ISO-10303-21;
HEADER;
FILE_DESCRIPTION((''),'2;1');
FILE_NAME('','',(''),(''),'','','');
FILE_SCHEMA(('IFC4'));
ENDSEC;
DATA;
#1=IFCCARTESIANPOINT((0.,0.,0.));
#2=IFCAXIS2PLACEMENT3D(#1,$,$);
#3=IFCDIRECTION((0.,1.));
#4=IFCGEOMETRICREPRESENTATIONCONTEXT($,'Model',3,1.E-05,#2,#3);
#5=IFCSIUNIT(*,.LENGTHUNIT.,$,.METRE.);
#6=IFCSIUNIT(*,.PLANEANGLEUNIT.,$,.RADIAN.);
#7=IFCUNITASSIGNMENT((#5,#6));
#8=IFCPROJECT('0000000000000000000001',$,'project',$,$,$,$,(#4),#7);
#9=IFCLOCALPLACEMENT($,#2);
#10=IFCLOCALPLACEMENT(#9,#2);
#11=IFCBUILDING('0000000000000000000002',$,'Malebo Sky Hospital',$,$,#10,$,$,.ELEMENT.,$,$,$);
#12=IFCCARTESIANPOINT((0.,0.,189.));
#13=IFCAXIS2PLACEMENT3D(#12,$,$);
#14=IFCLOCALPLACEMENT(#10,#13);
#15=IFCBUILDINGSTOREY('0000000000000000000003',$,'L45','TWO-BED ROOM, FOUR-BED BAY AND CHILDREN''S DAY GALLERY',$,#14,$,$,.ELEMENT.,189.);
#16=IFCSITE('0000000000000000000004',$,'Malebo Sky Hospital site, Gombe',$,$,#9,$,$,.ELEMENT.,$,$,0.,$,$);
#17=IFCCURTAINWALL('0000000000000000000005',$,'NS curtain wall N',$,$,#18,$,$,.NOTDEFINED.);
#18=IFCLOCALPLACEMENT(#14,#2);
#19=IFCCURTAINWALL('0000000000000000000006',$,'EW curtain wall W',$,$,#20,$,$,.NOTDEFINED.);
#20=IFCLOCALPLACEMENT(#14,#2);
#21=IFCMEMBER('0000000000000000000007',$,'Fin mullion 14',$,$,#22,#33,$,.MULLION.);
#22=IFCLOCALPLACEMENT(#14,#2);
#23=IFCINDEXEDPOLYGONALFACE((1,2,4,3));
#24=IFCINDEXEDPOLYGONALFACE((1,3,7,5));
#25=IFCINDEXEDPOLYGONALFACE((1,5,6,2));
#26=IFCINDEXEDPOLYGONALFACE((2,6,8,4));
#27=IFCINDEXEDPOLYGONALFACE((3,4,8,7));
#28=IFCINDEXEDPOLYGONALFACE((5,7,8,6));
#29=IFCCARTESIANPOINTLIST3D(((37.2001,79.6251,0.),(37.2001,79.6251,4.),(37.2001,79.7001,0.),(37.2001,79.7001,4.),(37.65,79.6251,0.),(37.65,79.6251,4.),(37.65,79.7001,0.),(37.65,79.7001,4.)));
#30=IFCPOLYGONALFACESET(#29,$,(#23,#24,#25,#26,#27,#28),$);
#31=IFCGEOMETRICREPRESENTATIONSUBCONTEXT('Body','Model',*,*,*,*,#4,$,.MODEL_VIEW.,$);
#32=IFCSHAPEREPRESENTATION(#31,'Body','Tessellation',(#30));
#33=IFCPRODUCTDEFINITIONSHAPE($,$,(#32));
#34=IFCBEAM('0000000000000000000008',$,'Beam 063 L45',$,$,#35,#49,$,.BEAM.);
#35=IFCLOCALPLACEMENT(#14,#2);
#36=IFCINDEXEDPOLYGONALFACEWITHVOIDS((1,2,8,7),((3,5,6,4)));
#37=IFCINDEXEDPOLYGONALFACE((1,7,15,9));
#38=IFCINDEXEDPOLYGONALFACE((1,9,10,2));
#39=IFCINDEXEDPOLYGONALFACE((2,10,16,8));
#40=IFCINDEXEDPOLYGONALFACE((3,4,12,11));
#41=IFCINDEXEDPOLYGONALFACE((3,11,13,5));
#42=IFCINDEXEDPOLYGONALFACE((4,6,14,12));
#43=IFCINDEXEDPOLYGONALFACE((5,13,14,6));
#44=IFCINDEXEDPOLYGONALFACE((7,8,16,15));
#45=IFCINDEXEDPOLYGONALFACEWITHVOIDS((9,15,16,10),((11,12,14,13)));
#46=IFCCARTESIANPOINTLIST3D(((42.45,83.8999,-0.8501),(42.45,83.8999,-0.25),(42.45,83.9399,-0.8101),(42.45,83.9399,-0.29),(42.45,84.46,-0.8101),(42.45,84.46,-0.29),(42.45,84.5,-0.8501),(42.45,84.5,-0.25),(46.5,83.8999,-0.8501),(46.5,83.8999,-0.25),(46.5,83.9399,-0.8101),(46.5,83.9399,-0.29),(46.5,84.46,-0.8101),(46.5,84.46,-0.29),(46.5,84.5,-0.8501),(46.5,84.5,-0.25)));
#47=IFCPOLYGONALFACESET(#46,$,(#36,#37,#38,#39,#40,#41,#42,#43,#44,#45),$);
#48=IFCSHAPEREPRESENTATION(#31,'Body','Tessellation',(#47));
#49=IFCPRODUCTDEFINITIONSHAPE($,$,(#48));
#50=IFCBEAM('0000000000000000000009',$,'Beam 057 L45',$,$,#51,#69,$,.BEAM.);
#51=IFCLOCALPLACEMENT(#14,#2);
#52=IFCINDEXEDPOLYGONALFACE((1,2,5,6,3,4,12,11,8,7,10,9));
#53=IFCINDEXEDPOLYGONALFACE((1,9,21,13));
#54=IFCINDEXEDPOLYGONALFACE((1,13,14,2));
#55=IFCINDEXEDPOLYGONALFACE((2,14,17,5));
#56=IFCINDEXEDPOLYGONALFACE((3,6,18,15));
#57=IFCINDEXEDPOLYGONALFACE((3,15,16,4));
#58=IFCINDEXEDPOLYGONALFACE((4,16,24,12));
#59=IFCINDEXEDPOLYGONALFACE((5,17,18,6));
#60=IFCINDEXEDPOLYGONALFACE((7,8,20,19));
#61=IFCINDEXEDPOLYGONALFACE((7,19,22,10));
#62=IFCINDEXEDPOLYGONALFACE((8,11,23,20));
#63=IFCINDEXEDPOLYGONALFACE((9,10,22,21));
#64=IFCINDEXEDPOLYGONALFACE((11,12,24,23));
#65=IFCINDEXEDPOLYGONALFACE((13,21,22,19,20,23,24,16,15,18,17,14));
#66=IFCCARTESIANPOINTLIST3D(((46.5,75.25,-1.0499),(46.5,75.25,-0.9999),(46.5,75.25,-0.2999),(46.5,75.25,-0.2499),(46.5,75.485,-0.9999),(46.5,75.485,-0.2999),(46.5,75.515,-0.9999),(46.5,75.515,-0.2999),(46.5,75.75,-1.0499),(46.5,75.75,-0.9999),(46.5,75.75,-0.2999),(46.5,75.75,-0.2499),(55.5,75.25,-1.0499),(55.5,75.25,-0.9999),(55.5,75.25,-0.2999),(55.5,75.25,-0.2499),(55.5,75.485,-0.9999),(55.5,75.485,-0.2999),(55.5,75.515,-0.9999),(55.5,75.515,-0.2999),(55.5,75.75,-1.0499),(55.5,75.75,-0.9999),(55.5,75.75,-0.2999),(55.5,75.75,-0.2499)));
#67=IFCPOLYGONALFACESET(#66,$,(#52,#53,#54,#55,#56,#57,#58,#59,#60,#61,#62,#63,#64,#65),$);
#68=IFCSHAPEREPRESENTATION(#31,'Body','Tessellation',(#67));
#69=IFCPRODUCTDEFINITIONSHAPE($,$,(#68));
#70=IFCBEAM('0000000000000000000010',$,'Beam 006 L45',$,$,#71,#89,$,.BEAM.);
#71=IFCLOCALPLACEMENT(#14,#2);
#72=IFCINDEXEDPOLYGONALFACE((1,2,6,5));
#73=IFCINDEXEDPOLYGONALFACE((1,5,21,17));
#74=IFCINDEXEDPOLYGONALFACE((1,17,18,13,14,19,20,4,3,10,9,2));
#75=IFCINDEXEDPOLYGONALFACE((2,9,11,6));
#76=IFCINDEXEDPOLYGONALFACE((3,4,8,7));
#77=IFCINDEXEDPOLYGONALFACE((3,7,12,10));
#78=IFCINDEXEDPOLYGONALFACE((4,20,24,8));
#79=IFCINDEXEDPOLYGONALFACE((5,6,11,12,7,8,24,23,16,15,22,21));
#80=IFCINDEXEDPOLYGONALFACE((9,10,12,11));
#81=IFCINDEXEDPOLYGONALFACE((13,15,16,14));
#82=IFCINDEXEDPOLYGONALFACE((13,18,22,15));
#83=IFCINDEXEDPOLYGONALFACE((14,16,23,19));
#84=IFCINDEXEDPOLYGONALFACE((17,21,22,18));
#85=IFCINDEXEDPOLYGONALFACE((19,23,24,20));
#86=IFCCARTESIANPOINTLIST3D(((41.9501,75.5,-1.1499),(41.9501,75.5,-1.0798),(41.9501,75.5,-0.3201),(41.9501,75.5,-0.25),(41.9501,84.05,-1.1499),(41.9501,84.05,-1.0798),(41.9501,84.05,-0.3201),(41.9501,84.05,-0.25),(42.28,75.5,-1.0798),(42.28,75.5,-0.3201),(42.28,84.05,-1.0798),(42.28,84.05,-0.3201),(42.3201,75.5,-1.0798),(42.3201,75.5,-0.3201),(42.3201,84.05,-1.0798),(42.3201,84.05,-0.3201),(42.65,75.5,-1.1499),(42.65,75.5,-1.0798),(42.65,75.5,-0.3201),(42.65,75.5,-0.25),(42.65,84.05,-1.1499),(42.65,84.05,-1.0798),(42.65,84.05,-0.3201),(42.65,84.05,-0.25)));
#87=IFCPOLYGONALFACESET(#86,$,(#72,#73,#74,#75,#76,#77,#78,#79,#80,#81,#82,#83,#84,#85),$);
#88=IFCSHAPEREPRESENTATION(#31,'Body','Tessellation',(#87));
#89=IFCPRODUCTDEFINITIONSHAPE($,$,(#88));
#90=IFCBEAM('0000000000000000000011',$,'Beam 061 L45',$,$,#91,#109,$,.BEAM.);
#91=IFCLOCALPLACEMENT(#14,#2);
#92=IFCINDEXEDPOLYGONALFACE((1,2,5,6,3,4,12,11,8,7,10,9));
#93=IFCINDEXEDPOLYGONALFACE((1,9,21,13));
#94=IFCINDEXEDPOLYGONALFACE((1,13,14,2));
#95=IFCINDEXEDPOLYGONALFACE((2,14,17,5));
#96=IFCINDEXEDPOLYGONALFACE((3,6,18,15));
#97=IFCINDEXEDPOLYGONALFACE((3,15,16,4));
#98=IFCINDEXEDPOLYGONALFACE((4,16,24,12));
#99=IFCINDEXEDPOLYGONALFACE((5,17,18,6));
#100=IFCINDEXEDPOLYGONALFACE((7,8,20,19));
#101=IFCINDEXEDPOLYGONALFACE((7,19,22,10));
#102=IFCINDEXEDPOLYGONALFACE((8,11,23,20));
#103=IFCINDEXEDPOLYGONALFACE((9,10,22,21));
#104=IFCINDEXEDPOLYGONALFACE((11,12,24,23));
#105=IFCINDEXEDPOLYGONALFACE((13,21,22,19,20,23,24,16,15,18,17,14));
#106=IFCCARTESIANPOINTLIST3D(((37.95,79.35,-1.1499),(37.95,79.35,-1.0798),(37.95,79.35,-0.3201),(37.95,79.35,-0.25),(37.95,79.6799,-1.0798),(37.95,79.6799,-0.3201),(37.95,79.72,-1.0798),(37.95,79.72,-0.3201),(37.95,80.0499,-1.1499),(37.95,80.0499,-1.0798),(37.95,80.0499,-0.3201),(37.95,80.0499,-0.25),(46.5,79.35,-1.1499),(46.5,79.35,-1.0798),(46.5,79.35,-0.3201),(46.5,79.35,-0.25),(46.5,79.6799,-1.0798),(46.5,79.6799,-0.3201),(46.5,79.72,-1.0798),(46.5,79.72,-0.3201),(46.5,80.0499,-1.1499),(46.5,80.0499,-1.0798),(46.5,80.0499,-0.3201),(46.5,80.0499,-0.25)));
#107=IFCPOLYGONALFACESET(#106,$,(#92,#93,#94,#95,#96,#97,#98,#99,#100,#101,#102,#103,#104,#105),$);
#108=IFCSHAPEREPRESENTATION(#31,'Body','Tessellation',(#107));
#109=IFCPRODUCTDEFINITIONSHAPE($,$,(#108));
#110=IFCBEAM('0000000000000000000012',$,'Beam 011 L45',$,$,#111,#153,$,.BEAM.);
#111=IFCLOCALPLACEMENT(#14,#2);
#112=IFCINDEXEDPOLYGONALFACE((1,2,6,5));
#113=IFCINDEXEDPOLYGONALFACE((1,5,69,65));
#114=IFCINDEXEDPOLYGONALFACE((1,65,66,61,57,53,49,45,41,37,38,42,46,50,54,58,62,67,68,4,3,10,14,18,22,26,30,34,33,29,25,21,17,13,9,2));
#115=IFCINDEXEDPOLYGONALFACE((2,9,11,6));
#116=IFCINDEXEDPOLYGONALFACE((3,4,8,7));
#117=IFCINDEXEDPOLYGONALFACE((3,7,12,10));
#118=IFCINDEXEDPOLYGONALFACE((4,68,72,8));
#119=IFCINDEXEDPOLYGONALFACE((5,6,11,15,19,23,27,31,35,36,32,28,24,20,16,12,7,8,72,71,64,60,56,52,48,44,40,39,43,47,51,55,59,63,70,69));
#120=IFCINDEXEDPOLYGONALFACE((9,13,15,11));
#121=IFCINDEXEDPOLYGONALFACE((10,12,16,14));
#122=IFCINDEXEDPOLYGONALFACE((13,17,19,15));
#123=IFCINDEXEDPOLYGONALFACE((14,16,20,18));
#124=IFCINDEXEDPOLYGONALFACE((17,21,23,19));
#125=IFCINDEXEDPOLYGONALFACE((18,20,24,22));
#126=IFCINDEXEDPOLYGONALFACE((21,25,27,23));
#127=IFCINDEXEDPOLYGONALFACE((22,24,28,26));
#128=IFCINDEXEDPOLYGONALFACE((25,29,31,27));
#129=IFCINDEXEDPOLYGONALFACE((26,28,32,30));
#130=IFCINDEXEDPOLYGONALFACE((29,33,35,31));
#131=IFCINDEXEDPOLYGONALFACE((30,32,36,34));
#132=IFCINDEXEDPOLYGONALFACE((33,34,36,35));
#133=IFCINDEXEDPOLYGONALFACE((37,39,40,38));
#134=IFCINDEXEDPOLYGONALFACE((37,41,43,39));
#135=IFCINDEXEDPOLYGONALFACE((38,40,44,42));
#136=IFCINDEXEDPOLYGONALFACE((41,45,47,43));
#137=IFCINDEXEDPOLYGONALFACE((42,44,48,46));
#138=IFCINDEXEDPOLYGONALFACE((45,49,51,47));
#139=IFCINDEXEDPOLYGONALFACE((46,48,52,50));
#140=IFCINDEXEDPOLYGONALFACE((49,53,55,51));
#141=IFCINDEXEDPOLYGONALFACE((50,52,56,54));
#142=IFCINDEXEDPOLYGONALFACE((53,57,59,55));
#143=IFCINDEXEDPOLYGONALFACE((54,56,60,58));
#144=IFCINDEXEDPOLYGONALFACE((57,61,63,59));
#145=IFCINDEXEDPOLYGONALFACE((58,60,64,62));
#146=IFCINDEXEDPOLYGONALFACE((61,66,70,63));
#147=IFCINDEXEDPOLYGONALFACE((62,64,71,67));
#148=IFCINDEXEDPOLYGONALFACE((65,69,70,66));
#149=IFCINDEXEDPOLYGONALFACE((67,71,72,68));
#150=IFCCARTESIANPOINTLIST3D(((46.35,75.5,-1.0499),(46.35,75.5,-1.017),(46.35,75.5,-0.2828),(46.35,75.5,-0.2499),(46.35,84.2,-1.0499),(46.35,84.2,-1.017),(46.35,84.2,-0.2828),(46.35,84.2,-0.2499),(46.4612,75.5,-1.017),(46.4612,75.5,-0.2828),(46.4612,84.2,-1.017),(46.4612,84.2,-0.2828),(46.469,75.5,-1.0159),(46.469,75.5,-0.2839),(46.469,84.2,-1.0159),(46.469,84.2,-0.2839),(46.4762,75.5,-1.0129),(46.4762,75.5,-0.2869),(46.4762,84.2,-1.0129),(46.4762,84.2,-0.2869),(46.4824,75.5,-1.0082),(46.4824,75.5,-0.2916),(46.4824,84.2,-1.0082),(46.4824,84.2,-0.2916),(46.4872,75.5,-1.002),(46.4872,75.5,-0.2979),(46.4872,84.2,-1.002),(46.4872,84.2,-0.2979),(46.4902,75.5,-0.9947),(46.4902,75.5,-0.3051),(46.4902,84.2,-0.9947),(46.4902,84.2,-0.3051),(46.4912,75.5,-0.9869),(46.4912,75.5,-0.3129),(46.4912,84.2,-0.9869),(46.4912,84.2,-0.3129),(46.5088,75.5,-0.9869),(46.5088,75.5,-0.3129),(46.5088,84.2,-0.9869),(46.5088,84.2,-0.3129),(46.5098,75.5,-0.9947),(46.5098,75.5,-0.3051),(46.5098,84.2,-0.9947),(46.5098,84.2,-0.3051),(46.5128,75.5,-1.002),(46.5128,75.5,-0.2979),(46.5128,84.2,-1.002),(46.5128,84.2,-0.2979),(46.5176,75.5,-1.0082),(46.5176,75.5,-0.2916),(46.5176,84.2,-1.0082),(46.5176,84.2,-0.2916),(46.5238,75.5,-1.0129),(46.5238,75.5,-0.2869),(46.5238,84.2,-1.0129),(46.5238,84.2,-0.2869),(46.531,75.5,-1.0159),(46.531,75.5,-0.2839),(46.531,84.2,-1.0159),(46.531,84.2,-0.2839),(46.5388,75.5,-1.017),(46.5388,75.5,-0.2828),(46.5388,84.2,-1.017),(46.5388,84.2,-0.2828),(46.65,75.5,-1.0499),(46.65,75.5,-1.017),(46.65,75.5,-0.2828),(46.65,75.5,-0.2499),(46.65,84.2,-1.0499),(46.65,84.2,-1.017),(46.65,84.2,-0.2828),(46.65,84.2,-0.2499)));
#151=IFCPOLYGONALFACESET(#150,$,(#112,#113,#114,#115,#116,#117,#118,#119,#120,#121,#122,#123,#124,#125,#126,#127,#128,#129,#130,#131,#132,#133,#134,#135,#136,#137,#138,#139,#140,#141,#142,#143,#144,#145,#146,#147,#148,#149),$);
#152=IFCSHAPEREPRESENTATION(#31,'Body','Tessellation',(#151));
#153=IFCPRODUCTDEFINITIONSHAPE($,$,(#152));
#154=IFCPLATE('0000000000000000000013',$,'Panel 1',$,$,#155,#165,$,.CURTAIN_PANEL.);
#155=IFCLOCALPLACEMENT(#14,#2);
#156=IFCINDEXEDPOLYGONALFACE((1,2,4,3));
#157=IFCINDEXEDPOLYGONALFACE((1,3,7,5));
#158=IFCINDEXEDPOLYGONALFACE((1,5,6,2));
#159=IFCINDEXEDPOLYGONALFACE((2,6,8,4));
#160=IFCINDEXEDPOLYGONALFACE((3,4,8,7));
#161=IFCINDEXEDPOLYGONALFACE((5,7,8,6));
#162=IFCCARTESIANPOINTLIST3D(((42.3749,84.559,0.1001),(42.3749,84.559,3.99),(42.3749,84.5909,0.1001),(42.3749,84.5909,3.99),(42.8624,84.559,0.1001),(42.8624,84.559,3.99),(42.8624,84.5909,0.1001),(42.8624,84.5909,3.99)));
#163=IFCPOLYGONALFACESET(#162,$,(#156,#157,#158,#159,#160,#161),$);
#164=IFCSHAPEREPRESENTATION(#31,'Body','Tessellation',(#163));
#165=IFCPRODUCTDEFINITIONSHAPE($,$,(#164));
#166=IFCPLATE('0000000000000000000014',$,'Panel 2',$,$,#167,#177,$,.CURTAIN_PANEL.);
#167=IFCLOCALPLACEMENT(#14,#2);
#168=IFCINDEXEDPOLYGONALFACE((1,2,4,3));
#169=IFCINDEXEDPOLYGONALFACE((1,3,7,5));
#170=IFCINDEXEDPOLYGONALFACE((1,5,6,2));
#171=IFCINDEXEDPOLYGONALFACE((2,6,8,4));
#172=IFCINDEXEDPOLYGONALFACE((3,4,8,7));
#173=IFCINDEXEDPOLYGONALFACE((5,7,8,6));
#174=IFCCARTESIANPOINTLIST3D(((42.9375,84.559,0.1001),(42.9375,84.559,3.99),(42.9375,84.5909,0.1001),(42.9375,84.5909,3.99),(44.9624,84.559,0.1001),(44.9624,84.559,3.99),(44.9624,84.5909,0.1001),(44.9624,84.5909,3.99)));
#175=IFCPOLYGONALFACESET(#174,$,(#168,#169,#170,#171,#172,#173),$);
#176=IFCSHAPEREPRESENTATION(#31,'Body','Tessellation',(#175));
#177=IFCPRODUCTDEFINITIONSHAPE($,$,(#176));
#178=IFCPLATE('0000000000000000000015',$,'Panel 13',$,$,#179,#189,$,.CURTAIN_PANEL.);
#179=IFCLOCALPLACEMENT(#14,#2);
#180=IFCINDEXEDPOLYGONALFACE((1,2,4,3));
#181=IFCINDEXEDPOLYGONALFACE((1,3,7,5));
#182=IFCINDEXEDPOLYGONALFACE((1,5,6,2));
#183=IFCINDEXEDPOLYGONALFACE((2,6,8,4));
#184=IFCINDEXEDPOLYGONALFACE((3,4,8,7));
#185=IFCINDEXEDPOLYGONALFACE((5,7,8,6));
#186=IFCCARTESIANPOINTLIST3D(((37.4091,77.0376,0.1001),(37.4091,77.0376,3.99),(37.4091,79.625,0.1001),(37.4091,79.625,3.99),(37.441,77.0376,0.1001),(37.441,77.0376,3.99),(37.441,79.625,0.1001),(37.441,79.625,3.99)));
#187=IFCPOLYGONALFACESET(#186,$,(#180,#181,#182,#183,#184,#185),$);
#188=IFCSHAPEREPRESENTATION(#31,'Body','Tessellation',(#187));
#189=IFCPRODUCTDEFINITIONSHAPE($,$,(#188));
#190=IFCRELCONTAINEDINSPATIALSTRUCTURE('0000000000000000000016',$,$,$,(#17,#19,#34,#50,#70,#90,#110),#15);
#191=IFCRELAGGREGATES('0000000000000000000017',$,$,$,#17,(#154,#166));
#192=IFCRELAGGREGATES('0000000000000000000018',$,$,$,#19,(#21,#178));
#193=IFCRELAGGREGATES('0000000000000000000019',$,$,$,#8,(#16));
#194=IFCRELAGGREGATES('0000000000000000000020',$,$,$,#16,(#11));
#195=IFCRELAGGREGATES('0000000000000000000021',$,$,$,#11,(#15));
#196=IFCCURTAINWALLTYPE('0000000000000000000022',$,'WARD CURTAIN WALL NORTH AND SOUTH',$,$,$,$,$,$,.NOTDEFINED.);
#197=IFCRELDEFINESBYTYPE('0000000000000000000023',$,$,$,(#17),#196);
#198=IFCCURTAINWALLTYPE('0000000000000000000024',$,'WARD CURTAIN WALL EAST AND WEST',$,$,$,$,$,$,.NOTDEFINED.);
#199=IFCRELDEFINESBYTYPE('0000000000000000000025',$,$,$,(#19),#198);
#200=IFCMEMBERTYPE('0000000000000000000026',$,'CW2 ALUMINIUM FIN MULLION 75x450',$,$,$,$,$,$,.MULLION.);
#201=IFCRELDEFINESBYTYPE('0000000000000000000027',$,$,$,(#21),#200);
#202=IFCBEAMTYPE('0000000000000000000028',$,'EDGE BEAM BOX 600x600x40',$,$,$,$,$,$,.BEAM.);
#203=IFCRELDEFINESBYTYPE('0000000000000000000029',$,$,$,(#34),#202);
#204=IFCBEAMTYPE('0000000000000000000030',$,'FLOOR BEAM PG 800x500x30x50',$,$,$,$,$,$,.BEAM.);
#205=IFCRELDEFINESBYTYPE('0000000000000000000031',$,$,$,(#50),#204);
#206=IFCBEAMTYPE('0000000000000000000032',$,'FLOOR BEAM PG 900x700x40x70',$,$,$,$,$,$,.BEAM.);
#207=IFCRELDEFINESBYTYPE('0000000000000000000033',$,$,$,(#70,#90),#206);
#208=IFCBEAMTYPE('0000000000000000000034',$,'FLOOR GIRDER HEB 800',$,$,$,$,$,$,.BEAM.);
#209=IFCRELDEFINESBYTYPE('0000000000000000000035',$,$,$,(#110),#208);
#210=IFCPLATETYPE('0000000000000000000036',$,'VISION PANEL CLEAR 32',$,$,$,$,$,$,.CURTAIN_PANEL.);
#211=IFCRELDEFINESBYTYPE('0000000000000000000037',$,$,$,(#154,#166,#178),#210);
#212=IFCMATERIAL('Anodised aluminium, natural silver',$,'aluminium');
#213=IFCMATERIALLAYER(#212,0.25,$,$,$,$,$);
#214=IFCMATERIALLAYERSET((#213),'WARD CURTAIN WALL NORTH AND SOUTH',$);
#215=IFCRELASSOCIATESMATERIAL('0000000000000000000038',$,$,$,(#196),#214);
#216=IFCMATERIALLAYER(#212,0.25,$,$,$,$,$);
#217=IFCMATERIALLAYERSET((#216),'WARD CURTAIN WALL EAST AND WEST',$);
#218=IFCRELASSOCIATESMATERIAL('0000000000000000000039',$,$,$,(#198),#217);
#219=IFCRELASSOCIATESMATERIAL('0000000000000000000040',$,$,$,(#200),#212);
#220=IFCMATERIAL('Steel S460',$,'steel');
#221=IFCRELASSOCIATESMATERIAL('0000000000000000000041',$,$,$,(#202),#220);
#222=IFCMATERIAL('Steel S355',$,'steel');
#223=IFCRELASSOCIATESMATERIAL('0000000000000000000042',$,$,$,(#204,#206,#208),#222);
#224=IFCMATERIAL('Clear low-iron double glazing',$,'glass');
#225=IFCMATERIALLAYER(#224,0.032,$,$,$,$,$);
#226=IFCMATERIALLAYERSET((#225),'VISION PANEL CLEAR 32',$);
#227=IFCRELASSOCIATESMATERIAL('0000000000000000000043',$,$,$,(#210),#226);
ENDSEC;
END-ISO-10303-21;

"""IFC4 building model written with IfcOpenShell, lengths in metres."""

from ifc_helpers import new_model, si_unit, direction, frame, origin, origin_2d, place, context, subcontext, project, spatial, rectangle, hollow_rectangle, i_section, extrude, material, layer, layer_set, material_profile, profile_set, type_object, element, aggregate, save


model = new_model("IFC4")

# Units and contexts
model_context = context("Model", 3, precision=1e-05, world=origin(), true_north=direction((0.0, 1.0)))
body_context = subcontext(model_context, "Body", "Model", "MODEL_VIEW")
ifc_project = project(units=[si_unit("LENGTHUNIT", "METRE"), si_unit("PLANEANGLEUNIT", "RADIAN")], contexts=[model_context])

# Site, building, storey
site_placement = place(None, origin())
site = spatial("IfcSite", under=ifc_project, at=site_placement, Name="Malebo Sky Hospital site, Gombe", CompositionType="ELEMENT", RefElevation=0.0)
building_placement = place(site_placement, origin())
building = spatial("IfcBuilding", under=site, at=building_placement, Name="Malebo Sky Hospital", CompositionType="ELEMENT")
storey_placement = place(building_placement, frame((0.0, 0.0, 189.0)))
storey = spatial("IfcBuildingStorey", under=building, at=storey_placement, Name="L45", Description="TWO-BED ROOM, FOUR-BED BAY AND CHILDREN'S DAY GALLERY", CompositionType="ELEMENT", Elevation=189.0)

# Shared definitions
ifc_material_1 = material(Name="Steel S460", Category="steel")

# Curtain wall
ifc_material_2 = material(Name="Anodised aluminium, natural silver", Category="aluminium")
ifc_layer_1 = layer(ifc_material_2, 0.25)
ifc_layer_set_1 = layer_set([ifc_layer_1], Name="WARD CURTAIN WALL NORTH AND SOUTH")
curtain_wall_type_1 = type_object("IfcCurtainWallType", Name="WARD CURTAIN WALL NORTH AND SOUTH", PredefinedType="NOTDEFINED", material=ifc_layer_set_1)
curtain_wall_1_placement = place(storey_placement, origin())
curtain_wall_1 = element("IfcCurtainWall", 1, at=curtain_wall_1_placement, inside=storey, type_object=curtain_wall_type_1, Name="NS curtain wall N", PredefinedType="NOTDEFINED")

# Curtain wall
ifc_layer_2 = layer(ifc_material_2, 0.25)
ifc_layer_set_2 = layer_set([ifc_layer_2], Name="WARD CURTAIN WALL EAST AND WEST")
curtain_wall_type_2 = type_object("IfcCurtainWallType", Name="WARD CURTAIN WALL EAST AND WEST", PredefinedType="NOTDEFINED", material=ifc_layer_set_2)
curtain_wall_2_placement = place(storey_placement, origin())
curtain_wall_2 = element("IfcCurtainWall", 2, at=curtain_wall_2_placement, inside=storey, type_object=curtain_wall_type_2, Name="EW curtain wall W", PredefinedType="NOTDEFINED")

# Member
ifc_material_profile_1 = material_profile(ifc_material_2, rectangle(XDim=0.075, YDim=0.45, at=origin_2d()), Name="CW2 ALUMINIUM FIN MULLION 75x450")
ifc_profile_set_1 = profile_set([ifc_material_profile_1], Name="Anodised aluminium, natural silver")
member_type_1 = type_object("IfcMemberType", Name="CW2 ALUMINIUM FIN MULLION 75x450", PredefinedType="MULLION", material=ifc_profile_set_1)
member_1_placement = place(storey_placement, frame((37.425, 79.6626, 0.0), z_axis=(0.0, 0.0, 1.0), x_axis=(0.0, 1.0, 0.0)))
member_1 = element("IfcMember", 3, at=member_1_placement, type_object=member_type_1, Name="Fin mullion 14", PredefinedType="MULLION", context=body_context, shape_type="SweptSolid", body=[
    extrude(rectangle(XDim=0.075, YDim=0.45, at=origin_2d()), origin(), (0.0, 0.0, 1.0), 4.0),
])

# Beams
ifc_material_profile_2 = material_profile(ifc_material_1, hollow_rectangle(XDim=0.6001, YDim=0.6001, WallThickness=0.04, at=origin_2d()), Name="BOX 600x600x40")
ifc_profile_set_2 = profile_set([ifc_material_profile_2], Name="Steel S460")
beam_type_1 = type_object("IfcBeamType", Name="EDGE BEAM BOX 600x600x40", PredefinedType="BEAM", material=ifc_profile_set_2)
beam_1_placement = place(storey_placement, frame((42.45, 84.2, -0.55), z_axis=(1.0, 0.0, 0.0), x_axis=(0.0, 1.0, 0.0)))
element("IfcBeam", 4, at=beam_1_placement, inside=storey, type_object=beam_type_1, Name="Beam 063 L45", PredefinedType="BEAM", context=body_context, shape_type="SweptSolid", body=[
    extrude(hollow_rectangle(XDim=0.6001, YDim=0.6001, WallThickness=0.04, at=origin_2d()), origin(), (0.0, 0.0, 1.0), 4.05),
])
ifc_material_3 = material(Name="Steel S355", Category="steel")
ifc_material_profile_3 = material_profile(ifc_material_3, i_section(OverallWidth=0.5, OverallDepth=0.8, WebThickness=0.03, FlangeThickness=0.05, at=origin_2d()), Name="PG 800x500x30x50")
ifc_profile_set_3 = profile_set([ifc_material_profile_3], Name="Steel S355")
beam_type_2 = type_object("IfcBeamType", Name="FLOOR BEAM PG 800x500x30x50", PredefinedType="BEAM", material=ifc_profile_set_3)
beam_2_placement = place(storey_placement, frame((46.5, 75.5, -0.6499), z_axis=(1.0, 0.0, 0.0), x_axis=(0.0, 1.0, 0.0)))
element("IfcBeam", 5, at=beam_2_placement, inside=storey, type_object=beam_type_2, Name="Beam 057 L45", PredefinedType="BEAM", context=body_context, shape_type="SweptSolid", body=[
    extrude(i_section(OverallWidth=0.5, OverallDepth=0.8, WebThickness=0.03, FlangeThickness=0.05, at=origin_2d()), origin(), (0.0, 0.0, 1.0), 9.0),
])
ifc_material_profile_4 = material_profile(ifc_material_3, i_section(OverallWidth=0.7, OverallDepth=0.8999, WebThickness=0.04, FlangeThickness=0.0701, at=origin_2d()), Name="PG 900x700x40x70")
ifc_profile_set_4 = profile_set([ifc_material_profile_4], Name="Steel S355")
beam_type_3 = type_object("IfcBeamType", Name="FLOOR BEAM PG 900x700x40x70", PredefinedType="BEAM", material=ifc_profile_set_4)
for number, where, z_axis, x_axis, name in (
    (6, (42.3, 75.5, -0.7), (0.0, 1.0, 0.0), (-1.0, 0.0, 0.0), "Beam 006 L45"),
    (7, (37.95, 79.7, -0.7), (1.0, 0.0, 0.0), (0.0, 1.0, 0.0), "Beam 061 L45"),
):
    element("IfcBeam", number, at=place(storey_placement, frame(where, z_axis=z_axis, x_axis=x_axis)), inside=storey, type_object=beam_type_3, Name=name, PredefinedType="BEAM", context=body_context, shape_type="SweptSolid", body=[
        extrude(i_section(OverallWidth=0.7, OverallDepth=0.8999, WebThickness=0.04, FlangeThickness=0.0701, at=origin_2d()), origin(), (0.0, 0.0, 1.0), 8.55),
    ])
ifc_material_profile_5 = material_profile(ifc_material_3, i_section(OverallWidth=0.3, OverallDepth=0.8, WebThickness=0.0176, FlangeThickness=0.033, FilletRadius=0.03, at=origin_2d()), Name="HEB 800")
ifc_profile_set_5 = profile_set([ifc_material_profile_5], Name="Steel S355")
beam_type_4 = type_object("IfcBeamType", Name="FLOOR GIRDER HEB 800", PredefinedType="BEAM", material=ifc_profile_set_5)
beam_3_placement = place(storey_placement, frame((46.5, 75.5, -0.6499), z_axis=(0.0, 1.0, 0.0), x_axis=(-1.0, 0.0, 0.0)))
element("IfcBeam", 8, at=beam_3_placement, inside=storey, type_object=beam_type_4, Name="Beam 011 L45", PredefinedType="BEAM", context=body_context, shape_type="SweptSolid", body=[
    extrude(i_section(OverallWidth=0.3, OverallDepth=0.8, WebThickness=0.0176, FlangeThickness=0.033, FilletRadius=0.03, at=origin_2d()), origin(), (0.0, 0.0, 1.0), 8.7),
])

# Plates
ifc_material_4 = material(Name="Clear low-iron double glazing", Category="glass")
ifc_layer_3 = layer(ifc_material_4, 0.032)
ifc_layer_set_3 = layer_set([ifc_layer_3], Name="VISION PANEL CLEAR 32")
plate_type = type_object("IfcPlateType", Name="VISION PANEL CLEAR 32", PredefinedType="CURTAIN_PANEL", material=ifc_layer_set_3)
plate_1_placement = place(storey_placement, frame((42.6187, 84.575, 0.1001), z_axis=(0.0, 0.0, 1.0), x_axis=(1.0, 0.0, 0.0)))
plate_1 = element("IfcPlate", 9, at=plate_1_placement, type_object=plate_type, Name="Panel 1", PredefinedType="CURTAIN_PANEL", context=body_context, shape_type="SweptSolid", body=[
    extrude(rectangle(XDim=0.4875, YDim=0.032, at=origin_2d()), origin(), (0.0, 0.0, 1.0), 3.8899),
])
plate_2_placement = place(storey_placement, frame((43.95, 84.575, 0.1001), z_axis=(0.0, 0.0, 1.0), x_axis=(1.0, 0.0, 0.0)))
plate_2 = element("IfcPlate", 10, at=plate_2_placement, type_object=plate_type, Name="Panel 2", PredefinedType="CURTAIN_PANEL", context=body_context, shape_type="SweptSolid", body=[
    extrude(rectangle(XDim=2.0249, YDim=0.032, at=origin_2d()), origin(), (0.0, 0.0, 1.0), 3.8899),
])
aggregate(curtain_wall_1, [plate_1, plate_2])
plate_3_placement = place(storey_placement, frame((37.425, 78.3313, 0.1001), z_axis=(0.0, 0.0, 1.0), x_axis=(0.0, 1.0, 0.0)))
plate_3 = element("IfcPlate", 11, at=plate_3_placement, type_object=plate_type, Name="Panel 13", PredefinedType="CURTAIN_PANEL", context=body_context, shape_type="SweptSolid", body=[
    extrude(rectangle(XDim=2.5874, YDim=0.032, at=origin_2d()), origin(), (0.0, 0.0, 1.0), 3.8899),
])
aggregate(curtain_wall_2, [member_1, plate_3])

save(model, "model.ifc")
